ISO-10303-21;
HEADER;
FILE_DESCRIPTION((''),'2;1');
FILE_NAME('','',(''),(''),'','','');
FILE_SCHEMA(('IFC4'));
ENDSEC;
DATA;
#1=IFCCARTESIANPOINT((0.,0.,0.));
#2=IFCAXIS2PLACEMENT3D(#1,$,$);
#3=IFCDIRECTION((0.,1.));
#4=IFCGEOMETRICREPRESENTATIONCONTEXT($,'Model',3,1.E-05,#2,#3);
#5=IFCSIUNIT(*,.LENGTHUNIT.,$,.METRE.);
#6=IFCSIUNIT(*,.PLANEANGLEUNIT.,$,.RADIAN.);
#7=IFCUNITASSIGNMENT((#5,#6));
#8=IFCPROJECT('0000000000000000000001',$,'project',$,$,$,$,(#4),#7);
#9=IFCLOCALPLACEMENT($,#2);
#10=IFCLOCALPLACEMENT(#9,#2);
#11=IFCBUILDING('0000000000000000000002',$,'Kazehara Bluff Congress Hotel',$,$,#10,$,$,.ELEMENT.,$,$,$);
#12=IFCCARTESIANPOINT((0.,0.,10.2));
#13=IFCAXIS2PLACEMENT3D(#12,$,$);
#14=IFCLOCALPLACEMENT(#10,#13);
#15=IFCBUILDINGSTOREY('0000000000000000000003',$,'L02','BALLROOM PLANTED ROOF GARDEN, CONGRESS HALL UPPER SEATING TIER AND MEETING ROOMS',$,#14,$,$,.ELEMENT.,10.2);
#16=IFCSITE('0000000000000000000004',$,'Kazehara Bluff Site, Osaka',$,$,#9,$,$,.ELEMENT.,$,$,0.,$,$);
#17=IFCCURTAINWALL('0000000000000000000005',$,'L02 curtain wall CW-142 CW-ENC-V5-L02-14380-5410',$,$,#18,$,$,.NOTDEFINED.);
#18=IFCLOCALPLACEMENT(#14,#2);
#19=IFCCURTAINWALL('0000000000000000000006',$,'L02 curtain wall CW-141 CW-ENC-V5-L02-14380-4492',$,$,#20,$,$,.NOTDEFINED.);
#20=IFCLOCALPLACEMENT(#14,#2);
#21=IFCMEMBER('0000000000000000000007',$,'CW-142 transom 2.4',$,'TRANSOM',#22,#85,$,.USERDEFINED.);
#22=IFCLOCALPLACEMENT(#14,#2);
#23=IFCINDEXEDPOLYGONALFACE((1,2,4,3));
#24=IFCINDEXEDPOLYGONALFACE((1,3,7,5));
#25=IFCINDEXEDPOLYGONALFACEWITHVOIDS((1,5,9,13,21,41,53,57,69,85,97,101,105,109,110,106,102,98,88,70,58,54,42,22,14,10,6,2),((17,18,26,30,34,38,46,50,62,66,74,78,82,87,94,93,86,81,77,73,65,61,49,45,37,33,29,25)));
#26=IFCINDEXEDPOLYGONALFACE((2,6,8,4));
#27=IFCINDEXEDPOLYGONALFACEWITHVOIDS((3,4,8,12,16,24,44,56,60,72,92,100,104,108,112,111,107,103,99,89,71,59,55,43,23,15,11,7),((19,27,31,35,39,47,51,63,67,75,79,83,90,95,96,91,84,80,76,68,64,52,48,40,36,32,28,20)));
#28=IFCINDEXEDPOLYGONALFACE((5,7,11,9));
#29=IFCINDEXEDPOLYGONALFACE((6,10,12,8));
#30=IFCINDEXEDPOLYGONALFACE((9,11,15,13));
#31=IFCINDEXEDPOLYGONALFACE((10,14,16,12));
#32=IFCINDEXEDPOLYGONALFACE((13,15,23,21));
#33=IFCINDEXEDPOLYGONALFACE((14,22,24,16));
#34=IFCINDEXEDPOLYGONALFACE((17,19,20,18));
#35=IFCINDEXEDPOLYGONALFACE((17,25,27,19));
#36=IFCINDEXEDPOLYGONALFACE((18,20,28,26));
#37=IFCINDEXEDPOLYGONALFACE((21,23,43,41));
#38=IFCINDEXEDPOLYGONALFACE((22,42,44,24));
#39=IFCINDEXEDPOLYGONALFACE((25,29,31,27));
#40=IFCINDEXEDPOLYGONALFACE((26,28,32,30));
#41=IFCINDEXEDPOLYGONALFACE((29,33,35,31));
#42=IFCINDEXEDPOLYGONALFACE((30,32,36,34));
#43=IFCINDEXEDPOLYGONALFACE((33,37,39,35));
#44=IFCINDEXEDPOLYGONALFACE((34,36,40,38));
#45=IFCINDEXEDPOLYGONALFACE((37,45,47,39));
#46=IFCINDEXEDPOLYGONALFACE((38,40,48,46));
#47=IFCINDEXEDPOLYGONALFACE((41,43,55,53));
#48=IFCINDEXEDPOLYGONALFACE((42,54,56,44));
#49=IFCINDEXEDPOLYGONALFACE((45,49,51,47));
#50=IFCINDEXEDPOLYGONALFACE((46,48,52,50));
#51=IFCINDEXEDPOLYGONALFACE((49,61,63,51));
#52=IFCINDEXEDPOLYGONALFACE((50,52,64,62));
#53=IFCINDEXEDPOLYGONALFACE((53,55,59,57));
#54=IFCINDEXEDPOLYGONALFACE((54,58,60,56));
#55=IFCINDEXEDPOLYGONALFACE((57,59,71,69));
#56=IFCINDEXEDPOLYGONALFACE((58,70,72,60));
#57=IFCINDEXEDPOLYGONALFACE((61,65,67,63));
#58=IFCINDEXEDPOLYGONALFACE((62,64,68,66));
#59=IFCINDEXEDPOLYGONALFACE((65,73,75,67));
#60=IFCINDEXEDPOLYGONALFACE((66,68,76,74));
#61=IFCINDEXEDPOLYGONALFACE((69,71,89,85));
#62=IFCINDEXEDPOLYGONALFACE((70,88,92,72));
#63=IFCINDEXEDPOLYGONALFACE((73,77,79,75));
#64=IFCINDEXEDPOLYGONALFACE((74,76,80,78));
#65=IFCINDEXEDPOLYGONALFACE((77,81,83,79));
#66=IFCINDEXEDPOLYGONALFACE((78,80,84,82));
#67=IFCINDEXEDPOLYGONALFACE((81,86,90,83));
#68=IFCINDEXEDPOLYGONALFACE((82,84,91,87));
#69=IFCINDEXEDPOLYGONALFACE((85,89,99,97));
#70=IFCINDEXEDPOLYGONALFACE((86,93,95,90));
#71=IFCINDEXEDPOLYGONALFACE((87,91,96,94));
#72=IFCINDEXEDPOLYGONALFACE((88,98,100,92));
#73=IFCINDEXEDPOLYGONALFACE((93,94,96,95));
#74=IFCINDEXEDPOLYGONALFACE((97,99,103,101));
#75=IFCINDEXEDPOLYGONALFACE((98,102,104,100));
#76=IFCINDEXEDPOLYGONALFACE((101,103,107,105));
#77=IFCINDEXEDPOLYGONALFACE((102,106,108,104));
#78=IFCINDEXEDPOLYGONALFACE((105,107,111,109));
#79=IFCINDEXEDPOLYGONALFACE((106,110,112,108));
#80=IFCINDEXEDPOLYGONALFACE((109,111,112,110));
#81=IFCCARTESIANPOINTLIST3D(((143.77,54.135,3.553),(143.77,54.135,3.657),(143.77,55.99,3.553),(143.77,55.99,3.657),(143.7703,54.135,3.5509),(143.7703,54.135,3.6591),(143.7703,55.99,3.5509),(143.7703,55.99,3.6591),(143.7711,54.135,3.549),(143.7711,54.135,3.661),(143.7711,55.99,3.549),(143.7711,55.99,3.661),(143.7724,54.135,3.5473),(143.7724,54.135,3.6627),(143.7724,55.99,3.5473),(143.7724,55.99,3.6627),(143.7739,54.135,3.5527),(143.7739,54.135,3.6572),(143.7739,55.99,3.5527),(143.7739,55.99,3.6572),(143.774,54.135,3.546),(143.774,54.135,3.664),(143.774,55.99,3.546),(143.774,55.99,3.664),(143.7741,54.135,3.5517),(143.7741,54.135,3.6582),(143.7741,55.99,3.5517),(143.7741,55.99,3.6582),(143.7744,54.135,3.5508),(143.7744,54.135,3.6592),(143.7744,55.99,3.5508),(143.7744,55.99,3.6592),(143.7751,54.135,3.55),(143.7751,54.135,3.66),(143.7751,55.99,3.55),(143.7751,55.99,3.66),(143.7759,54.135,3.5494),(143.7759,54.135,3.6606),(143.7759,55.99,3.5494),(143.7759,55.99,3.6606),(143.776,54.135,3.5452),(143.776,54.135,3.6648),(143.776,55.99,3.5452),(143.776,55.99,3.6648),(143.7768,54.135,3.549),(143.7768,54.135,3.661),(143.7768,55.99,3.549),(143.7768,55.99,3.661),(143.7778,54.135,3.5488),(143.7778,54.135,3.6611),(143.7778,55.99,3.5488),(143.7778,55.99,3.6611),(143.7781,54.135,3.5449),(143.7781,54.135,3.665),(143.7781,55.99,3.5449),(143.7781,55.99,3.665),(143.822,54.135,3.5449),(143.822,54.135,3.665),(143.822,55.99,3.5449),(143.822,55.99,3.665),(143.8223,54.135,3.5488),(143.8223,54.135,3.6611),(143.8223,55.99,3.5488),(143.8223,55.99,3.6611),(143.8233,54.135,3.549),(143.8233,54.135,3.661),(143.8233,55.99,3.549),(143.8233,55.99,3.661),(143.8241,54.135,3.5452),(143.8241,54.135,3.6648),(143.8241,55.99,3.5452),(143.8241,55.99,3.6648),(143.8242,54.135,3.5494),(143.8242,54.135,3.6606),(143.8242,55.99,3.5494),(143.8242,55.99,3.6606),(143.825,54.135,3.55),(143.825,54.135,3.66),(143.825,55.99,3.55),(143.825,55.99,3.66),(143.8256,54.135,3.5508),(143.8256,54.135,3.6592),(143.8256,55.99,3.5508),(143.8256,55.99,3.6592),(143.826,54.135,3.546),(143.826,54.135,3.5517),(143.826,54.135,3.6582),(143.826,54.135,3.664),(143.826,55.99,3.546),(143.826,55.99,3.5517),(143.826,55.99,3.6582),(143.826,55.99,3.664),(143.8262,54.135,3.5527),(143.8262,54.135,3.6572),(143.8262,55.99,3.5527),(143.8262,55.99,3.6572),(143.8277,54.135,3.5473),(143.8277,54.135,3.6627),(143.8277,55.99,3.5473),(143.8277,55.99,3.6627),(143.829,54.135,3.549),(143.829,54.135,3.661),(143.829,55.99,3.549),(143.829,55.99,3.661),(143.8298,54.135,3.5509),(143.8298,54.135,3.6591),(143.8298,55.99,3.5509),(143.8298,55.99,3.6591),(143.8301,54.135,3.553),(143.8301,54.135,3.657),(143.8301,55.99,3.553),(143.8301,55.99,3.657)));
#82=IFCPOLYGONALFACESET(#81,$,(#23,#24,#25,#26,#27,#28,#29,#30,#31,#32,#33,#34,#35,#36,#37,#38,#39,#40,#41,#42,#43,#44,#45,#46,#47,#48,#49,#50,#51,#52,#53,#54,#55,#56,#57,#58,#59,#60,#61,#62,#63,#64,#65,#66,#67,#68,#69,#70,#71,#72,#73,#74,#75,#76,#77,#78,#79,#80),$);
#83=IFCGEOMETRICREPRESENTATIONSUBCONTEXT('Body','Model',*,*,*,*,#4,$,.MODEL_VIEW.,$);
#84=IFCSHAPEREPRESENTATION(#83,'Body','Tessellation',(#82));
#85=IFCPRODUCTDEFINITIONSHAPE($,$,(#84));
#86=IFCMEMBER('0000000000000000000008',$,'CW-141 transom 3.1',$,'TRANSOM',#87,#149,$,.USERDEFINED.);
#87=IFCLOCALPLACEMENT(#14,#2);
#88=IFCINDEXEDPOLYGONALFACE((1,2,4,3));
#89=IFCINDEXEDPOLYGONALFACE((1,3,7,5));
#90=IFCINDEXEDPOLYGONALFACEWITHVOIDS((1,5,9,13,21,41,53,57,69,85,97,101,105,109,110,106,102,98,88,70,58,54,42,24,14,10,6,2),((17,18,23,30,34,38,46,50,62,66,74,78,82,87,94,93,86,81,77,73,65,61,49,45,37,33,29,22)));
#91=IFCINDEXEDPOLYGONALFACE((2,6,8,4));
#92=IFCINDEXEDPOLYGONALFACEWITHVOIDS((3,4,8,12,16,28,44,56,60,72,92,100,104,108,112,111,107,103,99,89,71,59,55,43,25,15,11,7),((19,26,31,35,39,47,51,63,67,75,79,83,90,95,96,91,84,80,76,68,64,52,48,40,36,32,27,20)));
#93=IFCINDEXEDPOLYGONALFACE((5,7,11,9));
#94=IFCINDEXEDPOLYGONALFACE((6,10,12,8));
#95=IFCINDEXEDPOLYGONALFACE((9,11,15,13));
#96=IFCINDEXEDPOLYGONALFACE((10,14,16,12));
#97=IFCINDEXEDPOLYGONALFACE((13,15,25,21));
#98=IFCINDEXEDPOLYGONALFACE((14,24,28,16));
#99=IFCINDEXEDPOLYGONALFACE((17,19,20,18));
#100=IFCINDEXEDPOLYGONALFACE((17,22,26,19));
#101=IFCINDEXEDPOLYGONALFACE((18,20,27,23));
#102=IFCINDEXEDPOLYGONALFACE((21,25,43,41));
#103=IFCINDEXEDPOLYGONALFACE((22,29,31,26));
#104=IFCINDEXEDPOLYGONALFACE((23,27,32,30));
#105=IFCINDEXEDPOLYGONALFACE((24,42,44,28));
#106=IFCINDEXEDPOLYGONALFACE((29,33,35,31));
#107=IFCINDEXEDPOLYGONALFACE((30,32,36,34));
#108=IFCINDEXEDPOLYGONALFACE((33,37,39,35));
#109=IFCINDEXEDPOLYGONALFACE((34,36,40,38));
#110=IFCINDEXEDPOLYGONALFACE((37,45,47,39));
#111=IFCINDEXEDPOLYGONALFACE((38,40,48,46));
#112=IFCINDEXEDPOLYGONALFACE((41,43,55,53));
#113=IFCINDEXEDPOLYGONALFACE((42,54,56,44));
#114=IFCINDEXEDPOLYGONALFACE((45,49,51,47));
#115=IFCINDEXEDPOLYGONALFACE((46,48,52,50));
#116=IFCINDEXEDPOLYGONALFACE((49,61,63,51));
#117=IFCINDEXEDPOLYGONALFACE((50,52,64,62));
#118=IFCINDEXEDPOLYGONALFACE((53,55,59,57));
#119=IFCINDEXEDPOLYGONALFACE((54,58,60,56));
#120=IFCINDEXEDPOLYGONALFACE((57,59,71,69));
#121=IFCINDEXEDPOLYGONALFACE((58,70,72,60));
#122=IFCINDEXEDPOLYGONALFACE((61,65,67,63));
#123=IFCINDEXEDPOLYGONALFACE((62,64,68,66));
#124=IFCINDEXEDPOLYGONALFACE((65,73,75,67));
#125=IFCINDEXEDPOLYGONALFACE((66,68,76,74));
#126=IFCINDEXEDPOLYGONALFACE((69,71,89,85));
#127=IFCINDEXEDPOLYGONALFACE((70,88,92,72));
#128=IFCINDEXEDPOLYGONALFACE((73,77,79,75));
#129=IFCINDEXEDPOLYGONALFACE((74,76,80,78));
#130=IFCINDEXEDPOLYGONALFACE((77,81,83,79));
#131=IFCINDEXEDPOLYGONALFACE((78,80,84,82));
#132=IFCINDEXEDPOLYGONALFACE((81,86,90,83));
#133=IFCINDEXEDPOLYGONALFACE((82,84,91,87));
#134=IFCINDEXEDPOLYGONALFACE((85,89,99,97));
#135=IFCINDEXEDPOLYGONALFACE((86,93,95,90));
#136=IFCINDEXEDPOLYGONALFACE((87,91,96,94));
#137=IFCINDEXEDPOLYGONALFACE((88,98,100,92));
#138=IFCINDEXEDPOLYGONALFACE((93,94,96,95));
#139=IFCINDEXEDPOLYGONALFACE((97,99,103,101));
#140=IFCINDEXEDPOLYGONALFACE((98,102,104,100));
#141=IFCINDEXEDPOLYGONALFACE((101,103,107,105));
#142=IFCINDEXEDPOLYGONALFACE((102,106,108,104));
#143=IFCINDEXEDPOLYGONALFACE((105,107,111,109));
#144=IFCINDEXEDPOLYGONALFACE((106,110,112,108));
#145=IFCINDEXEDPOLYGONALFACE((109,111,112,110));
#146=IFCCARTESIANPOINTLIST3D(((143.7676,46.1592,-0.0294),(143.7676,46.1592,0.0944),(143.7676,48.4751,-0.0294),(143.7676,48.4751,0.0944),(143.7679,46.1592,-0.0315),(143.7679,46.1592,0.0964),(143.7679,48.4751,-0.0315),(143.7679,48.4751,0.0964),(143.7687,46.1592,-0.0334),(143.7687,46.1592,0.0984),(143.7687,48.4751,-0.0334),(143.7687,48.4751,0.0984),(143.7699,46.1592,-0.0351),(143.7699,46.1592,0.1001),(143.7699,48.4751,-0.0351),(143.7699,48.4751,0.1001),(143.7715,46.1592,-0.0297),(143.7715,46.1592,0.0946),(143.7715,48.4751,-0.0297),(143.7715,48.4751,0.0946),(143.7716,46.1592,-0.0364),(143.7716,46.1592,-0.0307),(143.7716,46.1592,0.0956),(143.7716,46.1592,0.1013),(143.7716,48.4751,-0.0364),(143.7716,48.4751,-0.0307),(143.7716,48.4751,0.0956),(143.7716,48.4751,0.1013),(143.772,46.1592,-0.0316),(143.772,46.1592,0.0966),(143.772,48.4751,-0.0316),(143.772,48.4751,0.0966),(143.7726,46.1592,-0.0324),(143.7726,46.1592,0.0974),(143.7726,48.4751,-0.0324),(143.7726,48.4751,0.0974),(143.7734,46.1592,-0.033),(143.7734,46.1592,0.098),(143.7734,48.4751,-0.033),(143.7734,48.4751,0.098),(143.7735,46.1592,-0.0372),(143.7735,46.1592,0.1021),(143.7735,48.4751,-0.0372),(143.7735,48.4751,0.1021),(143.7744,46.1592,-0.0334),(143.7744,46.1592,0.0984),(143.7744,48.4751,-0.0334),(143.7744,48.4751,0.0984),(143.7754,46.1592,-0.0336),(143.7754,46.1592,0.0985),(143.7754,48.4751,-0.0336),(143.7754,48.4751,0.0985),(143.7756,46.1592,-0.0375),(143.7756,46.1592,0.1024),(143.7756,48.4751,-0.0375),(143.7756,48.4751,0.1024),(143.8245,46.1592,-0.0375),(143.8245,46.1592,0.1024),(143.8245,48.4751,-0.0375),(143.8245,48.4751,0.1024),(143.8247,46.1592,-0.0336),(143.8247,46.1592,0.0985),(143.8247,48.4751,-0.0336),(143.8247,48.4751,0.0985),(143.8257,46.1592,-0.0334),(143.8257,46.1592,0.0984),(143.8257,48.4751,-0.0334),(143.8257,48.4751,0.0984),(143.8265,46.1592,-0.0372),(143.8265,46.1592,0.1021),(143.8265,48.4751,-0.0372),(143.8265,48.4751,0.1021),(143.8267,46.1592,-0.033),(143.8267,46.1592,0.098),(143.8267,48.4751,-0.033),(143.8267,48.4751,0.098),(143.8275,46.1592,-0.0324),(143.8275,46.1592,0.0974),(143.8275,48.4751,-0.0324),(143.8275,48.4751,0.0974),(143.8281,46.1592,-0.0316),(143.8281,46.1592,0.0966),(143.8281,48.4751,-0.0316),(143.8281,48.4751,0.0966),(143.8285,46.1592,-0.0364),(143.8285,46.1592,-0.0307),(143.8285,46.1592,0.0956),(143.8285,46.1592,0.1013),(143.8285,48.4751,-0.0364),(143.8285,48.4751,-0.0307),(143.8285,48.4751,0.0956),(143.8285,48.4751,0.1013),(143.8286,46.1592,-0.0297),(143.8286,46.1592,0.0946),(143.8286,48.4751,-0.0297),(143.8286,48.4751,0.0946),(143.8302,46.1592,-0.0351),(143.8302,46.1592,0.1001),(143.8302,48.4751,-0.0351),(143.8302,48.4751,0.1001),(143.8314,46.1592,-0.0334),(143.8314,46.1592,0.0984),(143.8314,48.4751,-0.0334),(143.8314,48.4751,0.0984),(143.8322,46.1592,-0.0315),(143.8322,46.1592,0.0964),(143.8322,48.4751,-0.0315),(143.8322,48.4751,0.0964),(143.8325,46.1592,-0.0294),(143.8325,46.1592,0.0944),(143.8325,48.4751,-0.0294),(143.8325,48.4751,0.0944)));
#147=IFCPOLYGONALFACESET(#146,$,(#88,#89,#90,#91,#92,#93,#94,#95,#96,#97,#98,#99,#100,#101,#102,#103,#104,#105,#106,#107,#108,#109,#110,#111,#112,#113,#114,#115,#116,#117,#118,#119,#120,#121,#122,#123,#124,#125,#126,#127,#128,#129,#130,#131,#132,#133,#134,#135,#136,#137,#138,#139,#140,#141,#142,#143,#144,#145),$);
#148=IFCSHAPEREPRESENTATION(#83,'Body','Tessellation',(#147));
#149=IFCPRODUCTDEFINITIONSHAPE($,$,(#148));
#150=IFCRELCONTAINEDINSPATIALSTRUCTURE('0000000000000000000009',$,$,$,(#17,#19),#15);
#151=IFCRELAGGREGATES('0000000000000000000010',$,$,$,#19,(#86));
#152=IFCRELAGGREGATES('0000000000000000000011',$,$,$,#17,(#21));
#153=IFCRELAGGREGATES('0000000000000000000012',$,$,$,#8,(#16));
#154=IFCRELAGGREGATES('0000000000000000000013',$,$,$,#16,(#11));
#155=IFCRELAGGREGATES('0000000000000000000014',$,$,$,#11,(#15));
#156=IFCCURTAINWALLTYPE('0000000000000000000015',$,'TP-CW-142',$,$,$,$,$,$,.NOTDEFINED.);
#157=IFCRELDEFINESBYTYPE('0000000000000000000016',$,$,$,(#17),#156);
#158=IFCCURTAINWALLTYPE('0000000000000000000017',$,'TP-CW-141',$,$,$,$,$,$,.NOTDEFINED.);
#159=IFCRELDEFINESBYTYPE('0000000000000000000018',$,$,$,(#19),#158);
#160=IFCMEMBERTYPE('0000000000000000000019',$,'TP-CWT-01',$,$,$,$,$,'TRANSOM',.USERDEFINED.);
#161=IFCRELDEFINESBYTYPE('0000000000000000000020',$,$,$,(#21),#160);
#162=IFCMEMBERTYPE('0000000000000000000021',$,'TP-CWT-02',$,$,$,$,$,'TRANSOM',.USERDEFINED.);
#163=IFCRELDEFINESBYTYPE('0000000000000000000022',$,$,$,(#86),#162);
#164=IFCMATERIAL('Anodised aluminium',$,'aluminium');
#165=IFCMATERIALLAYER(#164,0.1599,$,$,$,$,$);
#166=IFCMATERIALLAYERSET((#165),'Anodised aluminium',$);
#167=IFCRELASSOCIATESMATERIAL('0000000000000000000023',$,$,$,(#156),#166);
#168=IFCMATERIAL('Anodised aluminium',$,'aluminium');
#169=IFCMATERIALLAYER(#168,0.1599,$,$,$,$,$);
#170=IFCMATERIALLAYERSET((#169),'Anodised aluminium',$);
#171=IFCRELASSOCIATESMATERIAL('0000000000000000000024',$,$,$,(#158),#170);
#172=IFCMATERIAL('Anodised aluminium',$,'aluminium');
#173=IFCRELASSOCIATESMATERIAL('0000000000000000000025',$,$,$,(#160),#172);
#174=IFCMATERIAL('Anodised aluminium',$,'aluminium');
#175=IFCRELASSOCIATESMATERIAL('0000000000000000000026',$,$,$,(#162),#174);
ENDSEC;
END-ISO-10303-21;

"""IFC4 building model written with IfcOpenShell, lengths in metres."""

from ifc_helpers import new_model, si_unit, direction, frame, origin, origin_2d, place, context, subcontext, project, spatial, hollow_rectangle, extrude, material, layer, layer_set, material_profile, profile_set, type_object, element, aggregate, save


model = new_model("IFC4")

# Units and contexts
model_context = context("Model", 3, precision=1e-05, world=origin(), true_north=direction((0.0, 1.0)))
body_context = subcontext(model_context, "Body", "Model", "MODEL_VIEW")
ifc_project = project(units=[si_unit("LENGTHUNIT", "METRE"), si_unit("PLANEANGLEUNIT", "RADIAN")], contexts=[model_context])

# Site, building, storey
site_placement = place(None, origin())
site = spatial("IfcSite", under=ifc_project, at=site_placement, Name="Kazehara Bluff Site, Osaka", CompositionType="ELEMENT", RefElevation=0.0)
building_placement = place(site_placement, origin())
building = spatial("IfcBuilding", under=site, at=building_placement, Name="Kazehara Bluff Congress Hotel", CompositionType="ELEMENT")
storey_placement = place(building_placement, frame((0.0, 0.0, 10.2)))
storey = spatial("IfcBuildingStorey", under=building, at=storey_placement, Name="L02", Description="BALLROOM PLANTED ROOF GARDEN, CONGRESS HALL UPPER SEATING TIER AND MEETING ROOMS", CompositionType="ELEMENT", Elevation=10.2)

# Curtain walls
ifc_material_1 = material(Name="Anodised aluminium", Category="aluminium")
ifc_layer_1 = layer(ifc_material_1, 0.1599)
ifc_layer_set_1 = layer_set([ifc_layer_1], Name="Anodised aluminium")
curtain_wall_type_1 = type_object("IfcCurtainWallType", Name="TP-CW-142", PredefinedType="NOTDEFINED", material=ifc_layer_set_1)
curtain_wall_1_placement = place(storey_placement, origin())
curtain_wall_1 = element("IfcCurtainWall", 1, at=curtain_wall_1_placement, inside=storey, type_object=curtain_wall_type_1, Name="L02 curtain wall CW-142 CW-ENC-V5-L02-14380-5410", PredefinedType="NOTDEFINED")
ifc_material_2 = material(Name="Anodised aluminium", Category="aluminium")
ifc_layer_2 = layer(ifc_material_2, 0.1599)
ifc_layer_set_2 = layer_set([ifc_layer_2], Name="Anodised aluminium")
curtain_wall_type_2 = type_object("IfcCurtainWallType", Name="TP-CW-141", PredefinedType="NOTDEFINED", material=ifc_layer_set_2)
curtain_wall_2_placement = place(storey_placement, origin())
curtain_wall_2 = element("IfcCurtainWall", 2, at=curtain_wall_2_placement, inside=storey, type_object=curtain_wall_type_2, Name="L02 curtain wall CW-141 CW-ENC-V5-L02-14380-4492", PredefinedType="NOTDEFINED")

# Members
ifc_material_3 = material(Name="Anodised aluminium", Category="aluminium")
ifc_material_profile_1 = material_profile(ifc_material_3, hollow_rectangle(XDim=0.0601, YDim=0.1201, WallThickness=0.0039, InnerFilletRadius=0.0039, OuterFilletRadius=0.0081, at=origin_2d()))
ifc_profile_set_1 = profile_set([ifc_material_profile_1], Name="Anodised aluminium")
member_type_1 = type_object("IfcMemberType", Name="TP-CWT-01", ElementType="TRANSOM", PredefinedType="USERDEFINED", material=ifc_profile_set_1)
member_1_placement = place(storey_placement, frame((143.8, 54.135, 3.605), z_axis=(0.0, 1.0, 0.0), x_axis=(-1.0, 0.0, 0.0)))
member_1 = element("IfcMember", 3, at=member_1_placement, type_object=member_type_1, Name="CW-142 transom 2.4", ObjectType="TRANSOM", PredefinedType="USERDEFINED", context=body_context, shape_type="SweptSolid", body=[
    extrude(hollow_rectangle(XDim=0.0601, YDim=0.1201, WallThickness=0.0039, InnerFilletRadius=0.0039, OuterFilletRadius=0.0081, at=origin_2d()), origin(), (0.0, 0.0, 1.0), 1.855),
])
ifc_material_4 = material(Name="Anodised aluminium", Category="aluminium")
ifc_material_profile_2 = material_profile(ifc_material_4, hollow_rectangle(XDim=0.0649, YDim=0.1399, WallThickness=0.0039, InnerFilletRadius=0.0039, OuterFilletRadius=0.0081, at=origin_2d()))
ifc_profile_set_2 = profile_set([ifc_material_profile_2], Name="Anodised aluminium")
member_type_2 = type_object("IfcMemberType", Name="TP-CWT-02", ElementType="TRANSOM", PredefinedType="USERDEFINED", material=ifc_profile_set_2)
member_2_placement = place(storey_placement, frame((143.8, 46.1592, 0.0325), z_axis=(0.0, 1.0, 0.0), x_axis=(-1.0, 0.0, 0.0)))
member_2 = element("IfcMember", 4, at=member_2_placement, type_object=member_type_2, Name="CW-141 transom 3.1", ObjectType="TRANSOM", PredefinedType="USERDEFINED", context=body_context, shape_type="SweptSolid", body=[
    extrude(hollow_rectangle(XDim=0.0649, YDim=0.1399, WallThickness=0.0039, InnerFilletRadius=0.0039, OuterFilletRadius=0.0081, at=origin_2d()), origin(), (0.0, 0.0, 1.0), 2.3159),
])

aggregate(curtain_wall_2, [member_2])
aggregate(curtain_wall_1, [member_1])

save(model, "model.ifc")
